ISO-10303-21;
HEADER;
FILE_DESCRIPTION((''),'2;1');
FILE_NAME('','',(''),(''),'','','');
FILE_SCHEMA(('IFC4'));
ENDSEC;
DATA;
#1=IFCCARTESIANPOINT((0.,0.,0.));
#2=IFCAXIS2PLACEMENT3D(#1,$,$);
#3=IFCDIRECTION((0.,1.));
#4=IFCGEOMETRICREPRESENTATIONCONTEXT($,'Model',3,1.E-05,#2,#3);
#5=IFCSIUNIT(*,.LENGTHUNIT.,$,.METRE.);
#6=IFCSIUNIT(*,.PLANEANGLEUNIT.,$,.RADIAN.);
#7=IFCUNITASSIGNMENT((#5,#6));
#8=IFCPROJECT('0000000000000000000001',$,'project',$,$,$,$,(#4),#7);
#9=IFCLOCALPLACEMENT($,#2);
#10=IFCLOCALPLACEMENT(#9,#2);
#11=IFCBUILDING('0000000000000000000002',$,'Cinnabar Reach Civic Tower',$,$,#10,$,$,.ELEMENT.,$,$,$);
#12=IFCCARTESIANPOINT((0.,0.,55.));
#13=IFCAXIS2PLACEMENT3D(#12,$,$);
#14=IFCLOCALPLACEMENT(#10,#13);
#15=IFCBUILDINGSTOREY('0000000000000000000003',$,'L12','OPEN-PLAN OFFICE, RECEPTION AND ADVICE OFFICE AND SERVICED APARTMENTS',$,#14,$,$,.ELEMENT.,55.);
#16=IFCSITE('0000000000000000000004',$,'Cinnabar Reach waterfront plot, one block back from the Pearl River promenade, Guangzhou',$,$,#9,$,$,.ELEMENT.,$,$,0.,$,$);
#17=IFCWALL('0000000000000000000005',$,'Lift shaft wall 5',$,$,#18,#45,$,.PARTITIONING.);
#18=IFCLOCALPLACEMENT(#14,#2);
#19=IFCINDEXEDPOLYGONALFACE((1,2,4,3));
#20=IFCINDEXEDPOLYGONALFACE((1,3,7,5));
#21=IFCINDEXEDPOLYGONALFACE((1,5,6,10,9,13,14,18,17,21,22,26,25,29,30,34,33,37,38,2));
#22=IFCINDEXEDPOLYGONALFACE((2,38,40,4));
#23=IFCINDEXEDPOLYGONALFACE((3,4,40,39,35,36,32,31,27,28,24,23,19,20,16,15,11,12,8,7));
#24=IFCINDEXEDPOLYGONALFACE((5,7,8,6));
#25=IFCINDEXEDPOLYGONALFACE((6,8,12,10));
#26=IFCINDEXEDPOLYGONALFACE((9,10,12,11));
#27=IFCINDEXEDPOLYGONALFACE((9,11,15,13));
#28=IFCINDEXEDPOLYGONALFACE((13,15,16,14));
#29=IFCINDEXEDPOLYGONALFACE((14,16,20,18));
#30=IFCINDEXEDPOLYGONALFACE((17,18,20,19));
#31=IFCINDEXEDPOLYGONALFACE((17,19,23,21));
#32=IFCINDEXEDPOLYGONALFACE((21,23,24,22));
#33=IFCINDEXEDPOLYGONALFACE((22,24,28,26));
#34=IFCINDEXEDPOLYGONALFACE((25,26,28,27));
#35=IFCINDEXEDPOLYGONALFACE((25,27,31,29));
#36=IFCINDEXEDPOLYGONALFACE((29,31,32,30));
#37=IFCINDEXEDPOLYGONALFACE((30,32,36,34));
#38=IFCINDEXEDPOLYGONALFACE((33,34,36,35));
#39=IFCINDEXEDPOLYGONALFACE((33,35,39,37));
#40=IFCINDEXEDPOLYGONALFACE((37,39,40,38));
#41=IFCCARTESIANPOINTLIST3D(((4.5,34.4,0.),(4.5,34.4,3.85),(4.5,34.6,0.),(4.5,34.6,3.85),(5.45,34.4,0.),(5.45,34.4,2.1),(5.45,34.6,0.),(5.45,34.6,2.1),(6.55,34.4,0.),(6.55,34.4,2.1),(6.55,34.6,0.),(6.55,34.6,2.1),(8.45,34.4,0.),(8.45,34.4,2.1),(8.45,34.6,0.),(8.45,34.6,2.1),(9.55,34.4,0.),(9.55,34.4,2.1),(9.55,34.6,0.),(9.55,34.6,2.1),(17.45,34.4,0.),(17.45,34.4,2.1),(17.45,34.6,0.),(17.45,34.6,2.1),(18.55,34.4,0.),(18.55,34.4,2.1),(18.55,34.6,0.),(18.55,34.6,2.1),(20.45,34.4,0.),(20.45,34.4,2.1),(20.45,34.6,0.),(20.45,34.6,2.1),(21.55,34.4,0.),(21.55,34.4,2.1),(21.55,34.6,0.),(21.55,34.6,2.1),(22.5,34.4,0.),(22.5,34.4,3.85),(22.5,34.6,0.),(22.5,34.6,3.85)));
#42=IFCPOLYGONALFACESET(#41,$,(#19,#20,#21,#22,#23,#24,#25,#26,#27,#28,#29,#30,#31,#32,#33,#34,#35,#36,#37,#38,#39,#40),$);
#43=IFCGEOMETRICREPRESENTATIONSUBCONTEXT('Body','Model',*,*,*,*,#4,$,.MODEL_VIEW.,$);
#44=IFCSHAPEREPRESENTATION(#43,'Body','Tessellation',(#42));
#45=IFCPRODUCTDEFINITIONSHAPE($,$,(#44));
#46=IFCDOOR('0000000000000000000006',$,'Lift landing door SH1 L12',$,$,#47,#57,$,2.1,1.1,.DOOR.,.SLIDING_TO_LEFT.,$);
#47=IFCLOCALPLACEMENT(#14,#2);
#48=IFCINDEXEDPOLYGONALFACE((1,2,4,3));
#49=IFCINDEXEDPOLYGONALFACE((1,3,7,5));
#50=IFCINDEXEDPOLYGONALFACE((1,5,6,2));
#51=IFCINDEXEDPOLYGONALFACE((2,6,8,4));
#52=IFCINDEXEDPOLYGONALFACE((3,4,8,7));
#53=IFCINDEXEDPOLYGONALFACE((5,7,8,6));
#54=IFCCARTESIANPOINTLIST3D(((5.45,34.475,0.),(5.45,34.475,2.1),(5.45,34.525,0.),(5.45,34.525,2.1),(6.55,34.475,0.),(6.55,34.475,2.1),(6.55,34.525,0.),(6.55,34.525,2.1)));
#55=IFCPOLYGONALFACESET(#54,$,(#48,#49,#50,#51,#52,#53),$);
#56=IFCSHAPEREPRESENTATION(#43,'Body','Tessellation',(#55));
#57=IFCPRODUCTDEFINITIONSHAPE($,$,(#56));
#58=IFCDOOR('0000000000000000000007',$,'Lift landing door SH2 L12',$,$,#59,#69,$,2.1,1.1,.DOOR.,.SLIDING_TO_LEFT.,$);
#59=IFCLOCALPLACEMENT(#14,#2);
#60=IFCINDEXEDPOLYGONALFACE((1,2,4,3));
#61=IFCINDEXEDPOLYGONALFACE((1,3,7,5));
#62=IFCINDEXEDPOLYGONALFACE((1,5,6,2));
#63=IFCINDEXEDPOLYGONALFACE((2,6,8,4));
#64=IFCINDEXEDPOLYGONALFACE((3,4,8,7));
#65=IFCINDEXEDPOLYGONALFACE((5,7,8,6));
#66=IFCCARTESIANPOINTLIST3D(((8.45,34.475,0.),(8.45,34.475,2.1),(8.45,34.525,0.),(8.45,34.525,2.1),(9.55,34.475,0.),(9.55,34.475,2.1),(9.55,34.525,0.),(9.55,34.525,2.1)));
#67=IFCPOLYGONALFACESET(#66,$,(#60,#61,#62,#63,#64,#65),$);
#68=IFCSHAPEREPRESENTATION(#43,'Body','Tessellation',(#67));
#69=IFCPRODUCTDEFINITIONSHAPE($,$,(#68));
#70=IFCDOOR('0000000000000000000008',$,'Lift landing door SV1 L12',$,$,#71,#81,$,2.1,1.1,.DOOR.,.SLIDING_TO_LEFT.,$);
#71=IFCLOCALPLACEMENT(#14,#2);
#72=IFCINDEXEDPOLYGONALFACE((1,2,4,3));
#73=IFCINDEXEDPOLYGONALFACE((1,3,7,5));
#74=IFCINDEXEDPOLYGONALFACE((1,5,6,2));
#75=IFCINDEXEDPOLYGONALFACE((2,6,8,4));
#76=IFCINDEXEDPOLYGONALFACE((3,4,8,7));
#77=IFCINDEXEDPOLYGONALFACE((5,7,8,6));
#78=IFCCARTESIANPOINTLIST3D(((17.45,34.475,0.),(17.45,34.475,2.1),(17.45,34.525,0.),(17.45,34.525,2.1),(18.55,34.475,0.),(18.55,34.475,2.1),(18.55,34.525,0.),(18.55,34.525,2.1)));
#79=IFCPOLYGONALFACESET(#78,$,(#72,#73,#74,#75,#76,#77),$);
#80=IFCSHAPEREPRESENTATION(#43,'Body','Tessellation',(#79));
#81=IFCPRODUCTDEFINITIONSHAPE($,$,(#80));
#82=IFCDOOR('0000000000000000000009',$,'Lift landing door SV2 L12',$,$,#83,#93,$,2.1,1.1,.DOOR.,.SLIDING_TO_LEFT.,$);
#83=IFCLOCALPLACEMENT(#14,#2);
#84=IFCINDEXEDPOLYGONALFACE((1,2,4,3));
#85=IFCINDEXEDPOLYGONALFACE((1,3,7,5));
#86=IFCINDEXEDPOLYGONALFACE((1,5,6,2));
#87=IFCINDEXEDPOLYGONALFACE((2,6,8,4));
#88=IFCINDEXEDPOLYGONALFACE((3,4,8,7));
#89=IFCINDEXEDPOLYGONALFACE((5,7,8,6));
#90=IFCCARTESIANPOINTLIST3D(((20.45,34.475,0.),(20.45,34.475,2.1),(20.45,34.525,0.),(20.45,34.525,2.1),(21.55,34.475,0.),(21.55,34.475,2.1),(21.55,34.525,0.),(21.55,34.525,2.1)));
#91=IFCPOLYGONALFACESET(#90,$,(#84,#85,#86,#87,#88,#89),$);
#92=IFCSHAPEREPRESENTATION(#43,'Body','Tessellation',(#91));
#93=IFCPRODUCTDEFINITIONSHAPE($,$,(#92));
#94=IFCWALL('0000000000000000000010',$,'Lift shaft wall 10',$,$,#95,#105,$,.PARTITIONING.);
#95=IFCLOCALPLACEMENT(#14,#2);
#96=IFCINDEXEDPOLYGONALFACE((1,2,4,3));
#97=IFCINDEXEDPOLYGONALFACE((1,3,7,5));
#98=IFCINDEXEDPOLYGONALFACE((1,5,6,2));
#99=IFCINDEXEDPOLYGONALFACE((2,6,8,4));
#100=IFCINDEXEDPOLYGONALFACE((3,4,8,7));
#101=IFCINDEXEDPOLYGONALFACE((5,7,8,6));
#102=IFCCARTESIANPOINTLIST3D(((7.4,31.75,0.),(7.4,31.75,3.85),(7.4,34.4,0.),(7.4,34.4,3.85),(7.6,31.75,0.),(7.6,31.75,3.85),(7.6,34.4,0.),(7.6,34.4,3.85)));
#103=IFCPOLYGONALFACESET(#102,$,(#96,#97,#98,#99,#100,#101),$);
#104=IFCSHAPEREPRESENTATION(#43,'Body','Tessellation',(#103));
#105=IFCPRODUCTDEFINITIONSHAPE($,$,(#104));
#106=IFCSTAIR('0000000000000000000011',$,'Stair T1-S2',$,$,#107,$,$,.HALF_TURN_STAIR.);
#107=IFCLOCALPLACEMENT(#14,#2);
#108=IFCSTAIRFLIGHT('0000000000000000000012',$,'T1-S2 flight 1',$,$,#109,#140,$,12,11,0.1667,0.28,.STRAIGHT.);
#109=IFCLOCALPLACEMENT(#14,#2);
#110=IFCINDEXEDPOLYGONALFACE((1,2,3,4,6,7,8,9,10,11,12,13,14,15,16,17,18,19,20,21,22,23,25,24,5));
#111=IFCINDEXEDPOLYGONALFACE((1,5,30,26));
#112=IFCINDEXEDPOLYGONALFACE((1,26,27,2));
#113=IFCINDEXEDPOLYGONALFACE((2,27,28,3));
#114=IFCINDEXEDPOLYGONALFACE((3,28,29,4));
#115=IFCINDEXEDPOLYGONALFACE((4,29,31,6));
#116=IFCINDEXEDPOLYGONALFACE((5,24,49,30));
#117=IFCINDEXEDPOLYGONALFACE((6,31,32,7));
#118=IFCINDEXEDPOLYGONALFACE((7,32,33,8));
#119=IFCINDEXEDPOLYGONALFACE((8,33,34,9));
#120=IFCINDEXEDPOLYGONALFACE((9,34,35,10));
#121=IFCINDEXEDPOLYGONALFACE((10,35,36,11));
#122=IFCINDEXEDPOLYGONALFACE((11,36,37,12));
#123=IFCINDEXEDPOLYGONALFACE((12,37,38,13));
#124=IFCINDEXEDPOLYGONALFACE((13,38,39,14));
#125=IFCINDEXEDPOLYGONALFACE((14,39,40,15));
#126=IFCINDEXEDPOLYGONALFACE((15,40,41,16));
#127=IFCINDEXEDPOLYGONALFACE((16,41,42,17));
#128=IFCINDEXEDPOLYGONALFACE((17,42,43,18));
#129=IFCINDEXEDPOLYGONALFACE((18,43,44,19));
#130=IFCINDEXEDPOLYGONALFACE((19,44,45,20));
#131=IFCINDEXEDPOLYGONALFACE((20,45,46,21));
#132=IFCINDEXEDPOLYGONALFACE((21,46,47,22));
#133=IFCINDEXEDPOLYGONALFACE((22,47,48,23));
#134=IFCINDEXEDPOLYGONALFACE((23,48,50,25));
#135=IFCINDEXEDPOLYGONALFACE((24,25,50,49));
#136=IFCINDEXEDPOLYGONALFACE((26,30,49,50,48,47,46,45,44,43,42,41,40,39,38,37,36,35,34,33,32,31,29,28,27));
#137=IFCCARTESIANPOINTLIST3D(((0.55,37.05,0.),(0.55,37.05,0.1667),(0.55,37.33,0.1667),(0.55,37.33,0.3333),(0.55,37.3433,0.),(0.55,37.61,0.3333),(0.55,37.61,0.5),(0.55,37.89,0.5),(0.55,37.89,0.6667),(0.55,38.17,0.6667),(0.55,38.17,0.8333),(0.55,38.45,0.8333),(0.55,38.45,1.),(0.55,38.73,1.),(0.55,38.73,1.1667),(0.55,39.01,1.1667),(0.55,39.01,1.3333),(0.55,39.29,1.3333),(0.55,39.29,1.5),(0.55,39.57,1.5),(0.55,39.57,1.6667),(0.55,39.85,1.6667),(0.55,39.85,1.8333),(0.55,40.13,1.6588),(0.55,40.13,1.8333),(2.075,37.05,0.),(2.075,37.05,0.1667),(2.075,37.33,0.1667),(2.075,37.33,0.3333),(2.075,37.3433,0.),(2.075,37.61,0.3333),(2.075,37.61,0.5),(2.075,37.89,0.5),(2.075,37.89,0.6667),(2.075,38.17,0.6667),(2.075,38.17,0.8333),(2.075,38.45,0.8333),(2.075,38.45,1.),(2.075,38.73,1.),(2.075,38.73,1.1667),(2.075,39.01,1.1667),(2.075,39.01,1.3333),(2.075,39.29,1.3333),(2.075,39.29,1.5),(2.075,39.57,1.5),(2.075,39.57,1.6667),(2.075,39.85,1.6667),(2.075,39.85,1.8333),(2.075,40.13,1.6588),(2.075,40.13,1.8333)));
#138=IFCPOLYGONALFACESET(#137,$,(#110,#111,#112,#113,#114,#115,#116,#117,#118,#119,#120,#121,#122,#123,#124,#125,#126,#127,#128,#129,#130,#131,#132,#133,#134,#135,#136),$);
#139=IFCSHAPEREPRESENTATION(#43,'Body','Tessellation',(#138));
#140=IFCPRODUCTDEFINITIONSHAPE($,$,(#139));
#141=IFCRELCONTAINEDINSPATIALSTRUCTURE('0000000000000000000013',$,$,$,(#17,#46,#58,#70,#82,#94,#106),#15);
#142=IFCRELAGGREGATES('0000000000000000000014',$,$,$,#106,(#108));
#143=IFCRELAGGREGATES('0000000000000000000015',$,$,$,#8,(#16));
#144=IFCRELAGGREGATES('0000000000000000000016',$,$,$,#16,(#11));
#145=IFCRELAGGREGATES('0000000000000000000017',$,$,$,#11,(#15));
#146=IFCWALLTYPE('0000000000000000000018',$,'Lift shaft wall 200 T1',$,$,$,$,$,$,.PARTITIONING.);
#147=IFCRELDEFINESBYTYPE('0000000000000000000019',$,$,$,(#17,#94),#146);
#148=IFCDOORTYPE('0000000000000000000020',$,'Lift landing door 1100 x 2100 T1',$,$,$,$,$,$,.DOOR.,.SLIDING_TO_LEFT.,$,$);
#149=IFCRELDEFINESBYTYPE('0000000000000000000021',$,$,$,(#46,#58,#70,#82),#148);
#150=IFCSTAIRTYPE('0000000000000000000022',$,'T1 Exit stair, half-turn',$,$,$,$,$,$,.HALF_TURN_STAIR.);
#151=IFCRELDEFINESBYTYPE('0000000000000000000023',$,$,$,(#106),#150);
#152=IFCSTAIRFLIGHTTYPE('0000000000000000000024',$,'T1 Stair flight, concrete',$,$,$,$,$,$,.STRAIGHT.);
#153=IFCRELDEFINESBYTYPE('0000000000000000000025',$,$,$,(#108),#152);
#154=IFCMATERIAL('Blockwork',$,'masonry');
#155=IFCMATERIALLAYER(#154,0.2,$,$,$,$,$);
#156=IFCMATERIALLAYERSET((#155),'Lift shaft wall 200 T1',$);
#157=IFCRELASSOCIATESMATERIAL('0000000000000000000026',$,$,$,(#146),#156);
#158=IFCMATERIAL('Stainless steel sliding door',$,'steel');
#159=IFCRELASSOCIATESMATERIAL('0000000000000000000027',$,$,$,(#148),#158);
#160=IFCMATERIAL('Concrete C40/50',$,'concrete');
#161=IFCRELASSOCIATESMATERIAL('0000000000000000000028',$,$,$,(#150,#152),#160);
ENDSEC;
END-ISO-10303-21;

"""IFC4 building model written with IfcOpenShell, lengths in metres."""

from ifc_helpers import new_model, si_unit, direction, frame, frame_2d, origin, place, context, subcontext, project, spatial, polyline, rectangle, outline, extrude, material, layer, layer_set, type_object, element, fill, aggregate, save


model = new_model("IFC4")

# Units and contexts
model_context = context("Model", 3, precision=1e-05, world=origin(), true_north=direction((0.0, 1.0)))
body_context = subcontext(model_context, "Body", "Model", "MODEL_VIEW")
ifc_project = project(units=[si_unit("LENGTHUNIT", "METRE"), si_unit("PLANEANGLEUNIT", "RADIAN")], contexts=[model_context])

# Site, building, storey
site_placement = place(None, origin())
site = spatial("IfcSite", under=ifc_project, at=site_placement, Name="Cinnabar Reach waterfront plot, one block back from the Pearl River promenade, Guangzhou", CompositionType="ELEMENT", RefElevation=0.0)
building_placement = place(site_placement, origin())
building = spatial("IfcBuilding", under=site, at=building_placement, Name="Cinnabar Reach Civic Tower", CompositionType="ELEMENT")
storey_placement = place(building_placement, frame((0.0, 0.0, 55.0)))
storey = spatial("IfcBuildingStorey", under=building, at=storey_placement, Name="L12", Description="OPEN-PLAN OFFICE, RECEPTION AND ADVICE OFFICE AND SERVICED APARTMENTS", CompositionType="ELEMENT", Elevation=55.0)

# Wall, openings, doors
ifc_material_1 = material(Name="Blockwork", Category="masonry")
ifc_layer_1 = layer(ifc_material_1, 0.2)
ifc_layer_set_1 = layer_set([ifc_layer_1], Name="Lift shaft wall 200 T1")
wall_type_1 = type_object("IfcWallType", Name="Lift shaft wall 200 T1", PredefinedType="PARTITIONING", material=ifc_layer_set_1)
wall_1_placement = place(storey_placement, frame((4.5, 34.5, 0.0), z_axis=(0.0, 0.0, 1.0), x_axis=(1.0, 0.0, 0.0)))
wall_1 = element("IfcWall", 1, at=wall_1_placement, inside=storey, type_object=wall_type_1, Name="Lift shaft wall 5", PredefinedType="PARTITIONING", context=body_context, shape_type="SweptSolid", body=[
    extrude(rectangle(XDim=18.0, YDim=0.2, at=frame_2d((9.0, 0.0))), origin(), (0.0, 0.0, 1.0), 3.85),
])
opening_1_placement = place(wall_1_placement, frame((0.95, 0.0, 0.0)))
opening_1 = element("IfcOpeningElement", 2, at=opening_1_placement, cuts=wall_1, PredefinedType="OPENING", context=body_context, shape_type="SweptSolid", body=[
    extrude(rectangle(XDim=1.1, YDim=2.1, at=frame_2d((0.55, 1.05))), frame((0.0, 0.11, 0.0), z_axis=(0.0, -1.0, 0.0), x_axis=(1.0, 0.0, 0.0)), (0.0, 0.0, 1.0), 0.22),
])
opening_2_placement = place(wall_1_placement, frame((3.95, 0.0, 0.0)))
opening_2 = element("IfcOpeningElement", 3, at=opening_2_placement, cuts=wall_1, PredefinedType="OPENING", context=body_context, shape_type="SweptSolid", body=[
    extrude(rectangle(XDim=1.1, YDim=2.1, at=frame_2d((0.55, 1.05))), frame((0.0, 0.11, 0.0), z_axis=(0.0, -1.0, 0.0), x_axis=(1.0, 0.0, 0.0)), (0.0, 0.0, 1.0), 0.22),
])
opening_3_placement = place(wall_1_placement, frame((12.95, 0.0, 0.0)))
opening_3 = element("IfcOpeningElement", 4, at=opening_3_placement, cuts=wall_1, PredefinedType="OPENING", context=body_context, shape_type="SweptSolid", body=[
    extrude(rectangle(XDim=1.1, YDim=2.1, at=frame_2d((0.55, 1.05))), frame((0.0, 0.11, 0.0), z_axis=(0.0, -1.0, 0.0), x_axis=(1.0, 0.0, 0.0)), (0.0, 0.0, 1.0), 0.22),
])
opening_4_placement = place(wall_1_placement, frame((15.95, 0.0, 0.0)))
opening_4 = element("IfcOpeningElement", 5, at=opening_4_placement, cuts=wall_1, PredefinedType="OPENING", context=body_context, shape_type="SweptSolid", body=[
    extrude(rectangle(XDim=1.1, YDim=2.1, at=frame_2d((0.55, 1.05))), frame((0.0, 0.11, 0.0), z_axis=(0.0, -1.0, 0.0), x_axis=(1.0, 0.0, 0.0)), (0.0, 0.0, 1.0), 0.22),
])
ifc_material_2 = material(Name="Stainless steel sliding door", Category="steel")
door_type_1 = type_object("IfcDoorType", Name="Lift landing door 1100 x 2100 T1", OperationType="SLIDING_TO_LEFT", PredefinedType="DOOR", material=ifc_material_2)
door_1_placement = place(opening_1_placement, origin())
door_1 = element("IfcDoor", 6, at=door_1_placement, inside=storey, type_object=door_type_1, Name="Lift landing door SH1 L12", OperationType="SLIDING_TO_LEFT", OverallHeight=2.1, OverallWidth=1.1, PredefinedType="DOOR", context=body_context, shape_type="SweptSolid", body=[
    extrude(rectangle(XDim=1.1, YDim=2.1, at=frame_2d((0.55, 1.05))), frame((0.0, 0.025, 0.0), z_axis=(0.0, -1.0, 0.0), x_axis=(1.0, 0.0, 0.0)), (0.0, 0.0, 1.0), 0.05),
])
fill(opening_1, door_1)
door_2_placement = place(opening_2_placement, origin())
door_2 = element("IfcDoor", 7, at=door_2_placement, inside=storey, type_object=door_type_1, Name="Lift landing door SH2 L12", OperationType="SLIDING_TO_LEFT", OverallHeight=2.1, OverallWidth=1.1, PredefinedType="DOOR", context=body_context, shape_type="SweptSolid", body=[
    extrude(rectangle(XDim=1.1, YDim=2.1, at=frame_2d((0.55, 1.05))), frame((0.0, 0.025, 0.0), z_axis=(0.0, -1.0, 0.0), x_axis=(1.0, 0.0, 0.0)), (0.0, 0.0, 1.0), 0.05),
])
fill(opening_2, door_2)
door_3_placement = place(opening_3_placement, origin())
door_3 = element("IfcDoor", 8, at=door_3_placement, inside=storey, type_object=door_type_1, Name="Lift landing door SV1 L12", OperationType="SLIDING_TO_LEFT", OverallHeight=2.1, OverallWidth=1.1, PredefinedType="DOOR", context=body_context, shape_type="SweptSolid", body=[
    extrude(rectangle(XDim=1.1, YDim=2.1, at=frame_2d((0.55, 1.05))), frame((0.0, 0.025, 0.0), z_axis=(0.0, -1.0, 0.0), x_axis=(1.0, 0.0, 0.0)), (0.0, 0.0, 1.0), 0.05),
])
fill(opening_3, door_3)
door_4_placement = place(opening_4_placement, origin())
door_4 = element("IfcDoor", 9, at=door_4_placement, inside=storey, type_object=door_type_1, Name="Lift landing door SV2 L12", OperationType="SLIDING_TO_LEFT", OverallHeight=2.1, OverallWidth=1.1, PredefinedType="DOOR", context=body_context, shape_type="SweptSolid", body=[
    extrude(rectangle(XDim=1.1, YDim=2.1, at=frame_2d((0.55, 1.05))), frame((0.0, 0.025, 0.0), z_axis=(0.0, -1.0, 0.0), x_axis=(1.0, 0.0, 0.0)), (0.0, 0.0, 1.0), 0.05),
])
fill(opening_4, door_4)

# Wall
wall_2_placement = place(storey_placement, frame((7.5, 31.75, 0.0), z_axis=(0.0, 0.0, 1.0), x_axis=(0.0, 1.0, 0.0)))
element("IfcWall", 10, at=wall_2_placement, inside=storey, type_object=wall_type_1, Name="Lift shaft wall 10", PredefinedType="PARTITIONING", context=body_context, shape_type="SweptSolid", body=[
    extrude(rectangle(XDim=2.65, YDim=0.2, at=frame_2d((1.325, 0.0))), origin(), (0.0, 0.0, 1.0), 3.85),
])

# Stair, stair flight
ifc_material_3 = material(Name="Concrete C40/50", Category="concrete")
stair_type = type_object("IfcStairType", Name="T1 Exit stair, half-turn", PredefinedType="HALF_TURN_STAIR", material=ifc_material_3)
stair_placement = place(storey_placement, origin())
stair = element("IfcStair", 11, at=stair_placement, inside=storey, type_object=stair_type, Name="Stair T1-S2", PredefinedType="HALF_TURN_STAIR")
stair_flight_type = type_object("IfcStairFlightType", Name="T1 Stair flight, concrete", PredefinedType="STRAIGHT", material=ifc_material_3)
stair_flight_placement = place(storey_placement, frame((1.3125, 37.05, 0.0), z_axis=(0.0, 0.0, 1.0), x_axis=(0.0, 1.0, 0.0)))
stair_flight = element("IfcStairFlight", 12, at=stair_flight_placement, type_object=stair_flight_type, Name="T1-S2 flight 1", NumberOfRisers=12, NumberOfTreads=11, PredefinedType="STRAIGHT", RiserHeight=0.1667, TreadLength=0.28, context=body_context, shape_type="SweptSolid", body=[
    extrude(outline(polyline([(0.0, 0.0), (0.0, 0.1667), (0.28, 0.1667), (0.28, 0.3333), (0.56, 0.3333), (0.56, 0.5), (0.84, 0.5), (0.84, 0.6667), (1.12, 0.6667), (1.12, 0.8333), (1.4, 0.8333), (1.4, 1.0), (1.68, 1.0), (1.68, 1.1667), (1.96, 1.1667), (1.96, 1.3333), (2.24, 1.3333), (2.24, 1.5), (2.52, 1.5), (2.52, 1.6667), (2.8, 1.6667), (2.8, 1.8333), (3.08, 1.8333), (3.08, 2.0), (3.08, 1.6588), (0.2933, 0.0), (0.0, 0.0)])), frame((0.0, 0.7625, 0.0), z_axis=(0.0, -1.0, 0.0), x_axis=(1.0, 0.0, 0.0)), (0.0, 0.0, 1.0), 1.525),
])
aggregate(stair, [stair_flight])

save(model, "model.ifc")
